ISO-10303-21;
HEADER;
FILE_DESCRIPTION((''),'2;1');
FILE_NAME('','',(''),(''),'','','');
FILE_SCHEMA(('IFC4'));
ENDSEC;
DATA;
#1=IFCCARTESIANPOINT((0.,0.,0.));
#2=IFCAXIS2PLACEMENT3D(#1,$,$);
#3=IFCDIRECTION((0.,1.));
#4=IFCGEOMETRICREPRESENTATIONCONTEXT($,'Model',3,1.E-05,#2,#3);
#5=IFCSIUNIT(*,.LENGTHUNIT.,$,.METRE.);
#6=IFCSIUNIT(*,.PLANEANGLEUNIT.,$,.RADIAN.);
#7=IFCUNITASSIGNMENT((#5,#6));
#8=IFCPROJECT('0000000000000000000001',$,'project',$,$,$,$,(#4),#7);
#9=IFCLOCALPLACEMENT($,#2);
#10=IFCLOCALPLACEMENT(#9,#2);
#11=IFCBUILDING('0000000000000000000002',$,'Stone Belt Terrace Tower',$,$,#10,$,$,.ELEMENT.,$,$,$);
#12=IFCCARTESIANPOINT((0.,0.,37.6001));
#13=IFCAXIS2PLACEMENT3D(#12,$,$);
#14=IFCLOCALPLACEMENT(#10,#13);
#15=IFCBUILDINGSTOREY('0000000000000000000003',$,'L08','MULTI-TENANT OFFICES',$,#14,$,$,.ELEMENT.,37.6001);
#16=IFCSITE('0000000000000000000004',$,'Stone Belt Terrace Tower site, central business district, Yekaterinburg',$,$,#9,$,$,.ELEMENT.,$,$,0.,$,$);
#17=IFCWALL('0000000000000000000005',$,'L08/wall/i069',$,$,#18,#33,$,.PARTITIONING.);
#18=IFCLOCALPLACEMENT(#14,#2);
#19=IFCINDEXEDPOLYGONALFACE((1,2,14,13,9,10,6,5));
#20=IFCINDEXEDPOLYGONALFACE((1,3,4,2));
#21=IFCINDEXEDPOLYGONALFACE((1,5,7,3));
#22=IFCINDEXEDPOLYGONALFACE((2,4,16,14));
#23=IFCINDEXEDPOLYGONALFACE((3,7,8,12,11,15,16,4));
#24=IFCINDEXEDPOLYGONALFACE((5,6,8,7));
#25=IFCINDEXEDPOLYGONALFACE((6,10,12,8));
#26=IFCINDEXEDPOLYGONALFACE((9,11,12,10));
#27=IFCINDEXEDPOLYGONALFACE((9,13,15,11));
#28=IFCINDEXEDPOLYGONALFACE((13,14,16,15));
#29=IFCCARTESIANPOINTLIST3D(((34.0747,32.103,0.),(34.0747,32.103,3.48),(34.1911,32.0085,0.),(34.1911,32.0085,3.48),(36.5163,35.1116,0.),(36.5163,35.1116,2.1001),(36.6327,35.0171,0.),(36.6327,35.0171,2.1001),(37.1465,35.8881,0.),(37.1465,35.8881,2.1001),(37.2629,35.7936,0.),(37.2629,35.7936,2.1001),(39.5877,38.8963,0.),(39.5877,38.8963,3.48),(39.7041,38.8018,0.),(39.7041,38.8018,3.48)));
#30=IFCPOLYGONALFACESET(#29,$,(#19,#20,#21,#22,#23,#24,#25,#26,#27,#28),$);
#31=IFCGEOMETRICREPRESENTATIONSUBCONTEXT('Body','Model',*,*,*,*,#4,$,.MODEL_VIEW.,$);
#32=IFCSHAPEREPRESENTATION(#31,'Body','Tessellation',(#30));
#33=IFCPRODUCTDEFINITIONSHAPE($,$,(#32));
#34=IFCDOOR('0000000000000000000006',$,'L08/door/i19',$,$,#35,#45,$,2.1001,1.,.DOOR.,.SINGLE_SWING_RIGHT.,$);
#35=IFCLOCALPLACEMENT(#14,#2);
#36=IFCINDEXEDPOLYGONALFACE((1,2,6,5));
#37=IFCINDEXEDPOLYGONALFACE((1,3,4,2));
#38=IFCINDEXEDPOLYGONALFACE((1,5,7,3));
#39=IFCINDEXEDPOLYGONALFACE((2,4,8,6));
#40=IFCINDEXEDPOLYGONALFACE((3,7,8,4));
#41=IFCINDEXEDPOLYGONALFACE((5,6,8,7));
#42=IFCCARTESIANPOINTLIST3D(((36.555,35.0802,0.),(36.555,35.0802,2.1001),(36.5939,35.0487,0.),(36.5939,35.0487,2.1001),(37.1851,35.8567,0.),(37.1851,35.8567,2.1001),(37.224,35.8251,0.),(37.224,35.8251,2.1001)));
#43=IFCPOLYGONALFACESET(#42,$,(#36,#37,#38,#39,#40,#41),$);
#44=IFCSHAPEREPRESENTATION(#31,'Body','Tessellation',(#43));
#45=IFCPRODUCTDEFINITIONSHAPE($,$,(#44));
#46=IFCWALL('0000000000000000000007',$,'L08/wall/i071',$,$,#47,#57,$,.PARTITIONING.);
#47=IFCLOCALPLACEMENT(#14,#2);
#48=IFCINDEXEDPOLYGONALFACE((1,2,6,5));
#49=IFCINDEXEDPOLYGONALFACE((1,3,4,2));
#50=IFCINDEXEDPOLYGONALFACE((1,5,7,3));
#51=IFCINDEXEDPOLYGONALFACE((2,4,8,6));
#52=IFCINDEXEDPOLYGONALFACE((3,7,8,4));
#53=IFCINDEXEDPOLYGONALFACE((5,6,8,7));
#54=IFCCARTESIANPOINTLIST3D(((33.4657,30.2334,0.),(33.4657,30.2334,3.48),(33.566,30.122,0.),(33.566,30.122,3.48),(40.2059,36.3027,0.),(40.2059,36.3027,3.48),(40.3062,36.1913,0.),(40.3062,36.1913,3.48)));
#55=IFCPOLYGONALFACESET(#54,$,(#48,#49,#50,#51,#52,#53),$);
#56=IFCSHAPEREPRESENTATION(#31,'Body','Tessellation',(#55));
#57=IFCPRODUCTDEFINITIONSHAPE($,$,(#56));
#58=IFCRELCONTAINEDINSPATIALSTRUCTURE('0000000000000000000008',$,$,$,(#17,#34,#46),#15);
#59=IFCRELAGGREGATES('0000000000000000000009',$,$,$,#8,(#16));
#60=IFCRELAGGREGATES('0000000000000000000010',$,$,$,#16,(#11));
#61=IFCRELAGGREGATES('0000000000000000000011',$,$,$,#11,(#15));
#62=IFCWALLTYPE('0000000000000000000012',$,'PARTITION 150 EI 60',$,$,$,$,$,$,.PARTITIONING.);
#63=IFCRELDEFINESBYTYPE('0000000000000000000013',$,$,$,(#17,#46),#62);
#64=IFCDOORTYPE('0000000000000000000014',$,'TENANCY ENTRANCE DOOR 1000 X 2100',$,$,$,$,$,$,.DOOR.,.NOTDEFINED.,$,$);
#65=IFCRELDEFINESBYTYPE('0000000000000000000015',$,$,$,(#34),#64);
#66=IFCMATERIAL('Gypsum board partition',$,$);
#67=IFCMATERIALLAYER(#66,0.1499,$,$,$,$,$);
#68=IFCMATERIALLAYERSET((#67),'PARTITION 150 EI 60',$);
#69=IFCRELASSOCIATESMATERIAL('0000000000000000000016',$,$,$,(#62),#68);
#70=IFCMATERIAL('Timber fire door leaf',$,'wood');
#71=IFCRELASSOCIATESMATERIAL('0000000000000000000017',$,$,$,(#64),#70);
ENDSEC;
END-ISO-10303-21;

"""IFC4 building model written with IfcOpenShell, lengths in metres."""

from ifc_helpers import new_model, si_unit, direction, frame, frame_2d, origin, place, context, subcontext, project, spatial, rectangle, extrude, material, layer, layer_set, type_object, element, fill, save


model = new_model("IFC4")

# Units and contexts
model_context = context("Model", 3, precision=1e-05, world=origin(), true_north=direction((0.0, 1.0)))
body_context = subcontext(model_context, "Body", "Model", "MODEL_VIEW")
ifc_project = project(units=[si_unit("LENGTHUNIT", "METRE"), si_unit("PLANEANGLEUNIT", "RADIAN")], contexts=[model_context])

# Site, building, storey
site_placement = place(None, origin())
site = spatial("IfcSite", under=ifc_project, at=site_placement, Name="Stone Belt Terrace Tower site, central business district, Yekaterinburg", CompositionType="ELEMENT", RefElevation=0.0)
building_placement = place(site_placement, origin())
building = spatial("IfcBuilding", under=site, at=building_placement, Name="Stone Belt Terrace Tower", CompositionType="ELEMENT")
storey_placement = place(building_placement, frame((0.0, 0.0, 37.6001)))
storey = spatial("IfcBuildingStorey", under=building, at=storey_placement, Name="L08", Description="MULTI-TENANT OFFICES", CompositionType="ELEMENT", Elevation=37.6001)

# Shared definitions
ifc_material_1 = material(Name="Gypsum board partition")
ifc_layer_1 = layer(ifc_material_1, 0.1499)
ifc_layer_set_1 = layer_set([ifc_layer_1], Name="PARTITION 150 EI 60")
wall_type_1 = type_object("IfcWallType", Name="PARTITION 150 EI 60", PredefinedType="PARTITIONING", material=ifc_layer_set_1)
ifc_material_2 = material(Name="Timber fire door leaf", Category="wood")
door_type_1 = type_object("IfcDoorType", Name="TENANCY ENTRANCE DOOR 1000 X 2100", OperationType="NOTDEFINED", PredefinedType="DOOR", material=ifc_material_2)

# Wall, opening, door
wall_1_placement = place(storey_placement, frame((39.646, 38.8491, 0.0), z_axis=(0.0, 0.0, 1.0), x_axis=(-0.630142, -0.77648, 0.0)))
wall_1 = element("IfcWall", 1, at=wall_1_placement, inside=storey, type_object=wall_type_1, Name="L08/wall/i069", PredefinedType="PARTITIONING", context=body_context, shape_type="SweptSolid", body=[
    extrude(rectangle(XDim=8.7488, YDim=0.1499, at=frame_2d((4.3745, 0.0))), origin(), (0.0, 0.0, 1.0), 3.48),
])
opening_1_placement = place(wall_1_placement, frame((3.8743, 0.0, 0.0)))
opening_1 = element("IfcOpeningElement", 2, at=opening_1_placement, cuts=wall_1, PredefinedType="OPENING", context=body_context, shape_type="SweptSolid", body=[
    extrude(rectangle(XDim=1.0, YDim=2.1001, at=frame_2d((0.5, 1.05))), frame((0.0, 0.085, 0.0), z_axis=(0.0, -1.0, 0.0), x_axis=(1.0, 0.0, 0.0)), (0.0, 0.0, 1.0), 0.1699),
])
door_1_placement = place(opening_1_placement, origin())
door_1 = element("IfcDoor", 3, at=door_1_placement, inside=storey, type_object=door_type_1, Name="L08/door/i19", OperationType="SINGLE_SWING_RIGHT", OverallHeight=2.1001, OverallWidth=1.0, PredefinedType="DOOR", context=body_context, shape_type="SweptSolid", body=[
    extrude(rectangle(XDim=1.0, YDim=2.1001, at=frame_2d((0.5, 1.05))), frame((0.0, 0.0249, 0.0), z_axis=(0.0, -1.0, 0.0), x_axis=(1.0, 0.0, 0.0)), (0.0, 0.0, 1.0), 0.05),
])
fill(opening_1, door_1)

# Wall
wall_2_placement = place(storey_placement, frame((40.2561, 36.2471, 0.0), z_axis=(0.0, 0.0, 1.0), x_axis=(-0.743123, -0.669155, 0.0)))
element("IfcWall", 4, at=wall_2_placement, inside=storey, type_object=wall_type_1, Name="L08/wall/i071", PredefinedType="PARTITIONING", context=body_context, shape_type="SweptSolid", body=[
    extrude(rectangle(XDim=9.0701, YDim=0.1499, at=frame_2d((4.5352, 0.0))), origin(), (0.0, 0.0, 1.0), 3.48),
])

save(model, "model.ifc")
